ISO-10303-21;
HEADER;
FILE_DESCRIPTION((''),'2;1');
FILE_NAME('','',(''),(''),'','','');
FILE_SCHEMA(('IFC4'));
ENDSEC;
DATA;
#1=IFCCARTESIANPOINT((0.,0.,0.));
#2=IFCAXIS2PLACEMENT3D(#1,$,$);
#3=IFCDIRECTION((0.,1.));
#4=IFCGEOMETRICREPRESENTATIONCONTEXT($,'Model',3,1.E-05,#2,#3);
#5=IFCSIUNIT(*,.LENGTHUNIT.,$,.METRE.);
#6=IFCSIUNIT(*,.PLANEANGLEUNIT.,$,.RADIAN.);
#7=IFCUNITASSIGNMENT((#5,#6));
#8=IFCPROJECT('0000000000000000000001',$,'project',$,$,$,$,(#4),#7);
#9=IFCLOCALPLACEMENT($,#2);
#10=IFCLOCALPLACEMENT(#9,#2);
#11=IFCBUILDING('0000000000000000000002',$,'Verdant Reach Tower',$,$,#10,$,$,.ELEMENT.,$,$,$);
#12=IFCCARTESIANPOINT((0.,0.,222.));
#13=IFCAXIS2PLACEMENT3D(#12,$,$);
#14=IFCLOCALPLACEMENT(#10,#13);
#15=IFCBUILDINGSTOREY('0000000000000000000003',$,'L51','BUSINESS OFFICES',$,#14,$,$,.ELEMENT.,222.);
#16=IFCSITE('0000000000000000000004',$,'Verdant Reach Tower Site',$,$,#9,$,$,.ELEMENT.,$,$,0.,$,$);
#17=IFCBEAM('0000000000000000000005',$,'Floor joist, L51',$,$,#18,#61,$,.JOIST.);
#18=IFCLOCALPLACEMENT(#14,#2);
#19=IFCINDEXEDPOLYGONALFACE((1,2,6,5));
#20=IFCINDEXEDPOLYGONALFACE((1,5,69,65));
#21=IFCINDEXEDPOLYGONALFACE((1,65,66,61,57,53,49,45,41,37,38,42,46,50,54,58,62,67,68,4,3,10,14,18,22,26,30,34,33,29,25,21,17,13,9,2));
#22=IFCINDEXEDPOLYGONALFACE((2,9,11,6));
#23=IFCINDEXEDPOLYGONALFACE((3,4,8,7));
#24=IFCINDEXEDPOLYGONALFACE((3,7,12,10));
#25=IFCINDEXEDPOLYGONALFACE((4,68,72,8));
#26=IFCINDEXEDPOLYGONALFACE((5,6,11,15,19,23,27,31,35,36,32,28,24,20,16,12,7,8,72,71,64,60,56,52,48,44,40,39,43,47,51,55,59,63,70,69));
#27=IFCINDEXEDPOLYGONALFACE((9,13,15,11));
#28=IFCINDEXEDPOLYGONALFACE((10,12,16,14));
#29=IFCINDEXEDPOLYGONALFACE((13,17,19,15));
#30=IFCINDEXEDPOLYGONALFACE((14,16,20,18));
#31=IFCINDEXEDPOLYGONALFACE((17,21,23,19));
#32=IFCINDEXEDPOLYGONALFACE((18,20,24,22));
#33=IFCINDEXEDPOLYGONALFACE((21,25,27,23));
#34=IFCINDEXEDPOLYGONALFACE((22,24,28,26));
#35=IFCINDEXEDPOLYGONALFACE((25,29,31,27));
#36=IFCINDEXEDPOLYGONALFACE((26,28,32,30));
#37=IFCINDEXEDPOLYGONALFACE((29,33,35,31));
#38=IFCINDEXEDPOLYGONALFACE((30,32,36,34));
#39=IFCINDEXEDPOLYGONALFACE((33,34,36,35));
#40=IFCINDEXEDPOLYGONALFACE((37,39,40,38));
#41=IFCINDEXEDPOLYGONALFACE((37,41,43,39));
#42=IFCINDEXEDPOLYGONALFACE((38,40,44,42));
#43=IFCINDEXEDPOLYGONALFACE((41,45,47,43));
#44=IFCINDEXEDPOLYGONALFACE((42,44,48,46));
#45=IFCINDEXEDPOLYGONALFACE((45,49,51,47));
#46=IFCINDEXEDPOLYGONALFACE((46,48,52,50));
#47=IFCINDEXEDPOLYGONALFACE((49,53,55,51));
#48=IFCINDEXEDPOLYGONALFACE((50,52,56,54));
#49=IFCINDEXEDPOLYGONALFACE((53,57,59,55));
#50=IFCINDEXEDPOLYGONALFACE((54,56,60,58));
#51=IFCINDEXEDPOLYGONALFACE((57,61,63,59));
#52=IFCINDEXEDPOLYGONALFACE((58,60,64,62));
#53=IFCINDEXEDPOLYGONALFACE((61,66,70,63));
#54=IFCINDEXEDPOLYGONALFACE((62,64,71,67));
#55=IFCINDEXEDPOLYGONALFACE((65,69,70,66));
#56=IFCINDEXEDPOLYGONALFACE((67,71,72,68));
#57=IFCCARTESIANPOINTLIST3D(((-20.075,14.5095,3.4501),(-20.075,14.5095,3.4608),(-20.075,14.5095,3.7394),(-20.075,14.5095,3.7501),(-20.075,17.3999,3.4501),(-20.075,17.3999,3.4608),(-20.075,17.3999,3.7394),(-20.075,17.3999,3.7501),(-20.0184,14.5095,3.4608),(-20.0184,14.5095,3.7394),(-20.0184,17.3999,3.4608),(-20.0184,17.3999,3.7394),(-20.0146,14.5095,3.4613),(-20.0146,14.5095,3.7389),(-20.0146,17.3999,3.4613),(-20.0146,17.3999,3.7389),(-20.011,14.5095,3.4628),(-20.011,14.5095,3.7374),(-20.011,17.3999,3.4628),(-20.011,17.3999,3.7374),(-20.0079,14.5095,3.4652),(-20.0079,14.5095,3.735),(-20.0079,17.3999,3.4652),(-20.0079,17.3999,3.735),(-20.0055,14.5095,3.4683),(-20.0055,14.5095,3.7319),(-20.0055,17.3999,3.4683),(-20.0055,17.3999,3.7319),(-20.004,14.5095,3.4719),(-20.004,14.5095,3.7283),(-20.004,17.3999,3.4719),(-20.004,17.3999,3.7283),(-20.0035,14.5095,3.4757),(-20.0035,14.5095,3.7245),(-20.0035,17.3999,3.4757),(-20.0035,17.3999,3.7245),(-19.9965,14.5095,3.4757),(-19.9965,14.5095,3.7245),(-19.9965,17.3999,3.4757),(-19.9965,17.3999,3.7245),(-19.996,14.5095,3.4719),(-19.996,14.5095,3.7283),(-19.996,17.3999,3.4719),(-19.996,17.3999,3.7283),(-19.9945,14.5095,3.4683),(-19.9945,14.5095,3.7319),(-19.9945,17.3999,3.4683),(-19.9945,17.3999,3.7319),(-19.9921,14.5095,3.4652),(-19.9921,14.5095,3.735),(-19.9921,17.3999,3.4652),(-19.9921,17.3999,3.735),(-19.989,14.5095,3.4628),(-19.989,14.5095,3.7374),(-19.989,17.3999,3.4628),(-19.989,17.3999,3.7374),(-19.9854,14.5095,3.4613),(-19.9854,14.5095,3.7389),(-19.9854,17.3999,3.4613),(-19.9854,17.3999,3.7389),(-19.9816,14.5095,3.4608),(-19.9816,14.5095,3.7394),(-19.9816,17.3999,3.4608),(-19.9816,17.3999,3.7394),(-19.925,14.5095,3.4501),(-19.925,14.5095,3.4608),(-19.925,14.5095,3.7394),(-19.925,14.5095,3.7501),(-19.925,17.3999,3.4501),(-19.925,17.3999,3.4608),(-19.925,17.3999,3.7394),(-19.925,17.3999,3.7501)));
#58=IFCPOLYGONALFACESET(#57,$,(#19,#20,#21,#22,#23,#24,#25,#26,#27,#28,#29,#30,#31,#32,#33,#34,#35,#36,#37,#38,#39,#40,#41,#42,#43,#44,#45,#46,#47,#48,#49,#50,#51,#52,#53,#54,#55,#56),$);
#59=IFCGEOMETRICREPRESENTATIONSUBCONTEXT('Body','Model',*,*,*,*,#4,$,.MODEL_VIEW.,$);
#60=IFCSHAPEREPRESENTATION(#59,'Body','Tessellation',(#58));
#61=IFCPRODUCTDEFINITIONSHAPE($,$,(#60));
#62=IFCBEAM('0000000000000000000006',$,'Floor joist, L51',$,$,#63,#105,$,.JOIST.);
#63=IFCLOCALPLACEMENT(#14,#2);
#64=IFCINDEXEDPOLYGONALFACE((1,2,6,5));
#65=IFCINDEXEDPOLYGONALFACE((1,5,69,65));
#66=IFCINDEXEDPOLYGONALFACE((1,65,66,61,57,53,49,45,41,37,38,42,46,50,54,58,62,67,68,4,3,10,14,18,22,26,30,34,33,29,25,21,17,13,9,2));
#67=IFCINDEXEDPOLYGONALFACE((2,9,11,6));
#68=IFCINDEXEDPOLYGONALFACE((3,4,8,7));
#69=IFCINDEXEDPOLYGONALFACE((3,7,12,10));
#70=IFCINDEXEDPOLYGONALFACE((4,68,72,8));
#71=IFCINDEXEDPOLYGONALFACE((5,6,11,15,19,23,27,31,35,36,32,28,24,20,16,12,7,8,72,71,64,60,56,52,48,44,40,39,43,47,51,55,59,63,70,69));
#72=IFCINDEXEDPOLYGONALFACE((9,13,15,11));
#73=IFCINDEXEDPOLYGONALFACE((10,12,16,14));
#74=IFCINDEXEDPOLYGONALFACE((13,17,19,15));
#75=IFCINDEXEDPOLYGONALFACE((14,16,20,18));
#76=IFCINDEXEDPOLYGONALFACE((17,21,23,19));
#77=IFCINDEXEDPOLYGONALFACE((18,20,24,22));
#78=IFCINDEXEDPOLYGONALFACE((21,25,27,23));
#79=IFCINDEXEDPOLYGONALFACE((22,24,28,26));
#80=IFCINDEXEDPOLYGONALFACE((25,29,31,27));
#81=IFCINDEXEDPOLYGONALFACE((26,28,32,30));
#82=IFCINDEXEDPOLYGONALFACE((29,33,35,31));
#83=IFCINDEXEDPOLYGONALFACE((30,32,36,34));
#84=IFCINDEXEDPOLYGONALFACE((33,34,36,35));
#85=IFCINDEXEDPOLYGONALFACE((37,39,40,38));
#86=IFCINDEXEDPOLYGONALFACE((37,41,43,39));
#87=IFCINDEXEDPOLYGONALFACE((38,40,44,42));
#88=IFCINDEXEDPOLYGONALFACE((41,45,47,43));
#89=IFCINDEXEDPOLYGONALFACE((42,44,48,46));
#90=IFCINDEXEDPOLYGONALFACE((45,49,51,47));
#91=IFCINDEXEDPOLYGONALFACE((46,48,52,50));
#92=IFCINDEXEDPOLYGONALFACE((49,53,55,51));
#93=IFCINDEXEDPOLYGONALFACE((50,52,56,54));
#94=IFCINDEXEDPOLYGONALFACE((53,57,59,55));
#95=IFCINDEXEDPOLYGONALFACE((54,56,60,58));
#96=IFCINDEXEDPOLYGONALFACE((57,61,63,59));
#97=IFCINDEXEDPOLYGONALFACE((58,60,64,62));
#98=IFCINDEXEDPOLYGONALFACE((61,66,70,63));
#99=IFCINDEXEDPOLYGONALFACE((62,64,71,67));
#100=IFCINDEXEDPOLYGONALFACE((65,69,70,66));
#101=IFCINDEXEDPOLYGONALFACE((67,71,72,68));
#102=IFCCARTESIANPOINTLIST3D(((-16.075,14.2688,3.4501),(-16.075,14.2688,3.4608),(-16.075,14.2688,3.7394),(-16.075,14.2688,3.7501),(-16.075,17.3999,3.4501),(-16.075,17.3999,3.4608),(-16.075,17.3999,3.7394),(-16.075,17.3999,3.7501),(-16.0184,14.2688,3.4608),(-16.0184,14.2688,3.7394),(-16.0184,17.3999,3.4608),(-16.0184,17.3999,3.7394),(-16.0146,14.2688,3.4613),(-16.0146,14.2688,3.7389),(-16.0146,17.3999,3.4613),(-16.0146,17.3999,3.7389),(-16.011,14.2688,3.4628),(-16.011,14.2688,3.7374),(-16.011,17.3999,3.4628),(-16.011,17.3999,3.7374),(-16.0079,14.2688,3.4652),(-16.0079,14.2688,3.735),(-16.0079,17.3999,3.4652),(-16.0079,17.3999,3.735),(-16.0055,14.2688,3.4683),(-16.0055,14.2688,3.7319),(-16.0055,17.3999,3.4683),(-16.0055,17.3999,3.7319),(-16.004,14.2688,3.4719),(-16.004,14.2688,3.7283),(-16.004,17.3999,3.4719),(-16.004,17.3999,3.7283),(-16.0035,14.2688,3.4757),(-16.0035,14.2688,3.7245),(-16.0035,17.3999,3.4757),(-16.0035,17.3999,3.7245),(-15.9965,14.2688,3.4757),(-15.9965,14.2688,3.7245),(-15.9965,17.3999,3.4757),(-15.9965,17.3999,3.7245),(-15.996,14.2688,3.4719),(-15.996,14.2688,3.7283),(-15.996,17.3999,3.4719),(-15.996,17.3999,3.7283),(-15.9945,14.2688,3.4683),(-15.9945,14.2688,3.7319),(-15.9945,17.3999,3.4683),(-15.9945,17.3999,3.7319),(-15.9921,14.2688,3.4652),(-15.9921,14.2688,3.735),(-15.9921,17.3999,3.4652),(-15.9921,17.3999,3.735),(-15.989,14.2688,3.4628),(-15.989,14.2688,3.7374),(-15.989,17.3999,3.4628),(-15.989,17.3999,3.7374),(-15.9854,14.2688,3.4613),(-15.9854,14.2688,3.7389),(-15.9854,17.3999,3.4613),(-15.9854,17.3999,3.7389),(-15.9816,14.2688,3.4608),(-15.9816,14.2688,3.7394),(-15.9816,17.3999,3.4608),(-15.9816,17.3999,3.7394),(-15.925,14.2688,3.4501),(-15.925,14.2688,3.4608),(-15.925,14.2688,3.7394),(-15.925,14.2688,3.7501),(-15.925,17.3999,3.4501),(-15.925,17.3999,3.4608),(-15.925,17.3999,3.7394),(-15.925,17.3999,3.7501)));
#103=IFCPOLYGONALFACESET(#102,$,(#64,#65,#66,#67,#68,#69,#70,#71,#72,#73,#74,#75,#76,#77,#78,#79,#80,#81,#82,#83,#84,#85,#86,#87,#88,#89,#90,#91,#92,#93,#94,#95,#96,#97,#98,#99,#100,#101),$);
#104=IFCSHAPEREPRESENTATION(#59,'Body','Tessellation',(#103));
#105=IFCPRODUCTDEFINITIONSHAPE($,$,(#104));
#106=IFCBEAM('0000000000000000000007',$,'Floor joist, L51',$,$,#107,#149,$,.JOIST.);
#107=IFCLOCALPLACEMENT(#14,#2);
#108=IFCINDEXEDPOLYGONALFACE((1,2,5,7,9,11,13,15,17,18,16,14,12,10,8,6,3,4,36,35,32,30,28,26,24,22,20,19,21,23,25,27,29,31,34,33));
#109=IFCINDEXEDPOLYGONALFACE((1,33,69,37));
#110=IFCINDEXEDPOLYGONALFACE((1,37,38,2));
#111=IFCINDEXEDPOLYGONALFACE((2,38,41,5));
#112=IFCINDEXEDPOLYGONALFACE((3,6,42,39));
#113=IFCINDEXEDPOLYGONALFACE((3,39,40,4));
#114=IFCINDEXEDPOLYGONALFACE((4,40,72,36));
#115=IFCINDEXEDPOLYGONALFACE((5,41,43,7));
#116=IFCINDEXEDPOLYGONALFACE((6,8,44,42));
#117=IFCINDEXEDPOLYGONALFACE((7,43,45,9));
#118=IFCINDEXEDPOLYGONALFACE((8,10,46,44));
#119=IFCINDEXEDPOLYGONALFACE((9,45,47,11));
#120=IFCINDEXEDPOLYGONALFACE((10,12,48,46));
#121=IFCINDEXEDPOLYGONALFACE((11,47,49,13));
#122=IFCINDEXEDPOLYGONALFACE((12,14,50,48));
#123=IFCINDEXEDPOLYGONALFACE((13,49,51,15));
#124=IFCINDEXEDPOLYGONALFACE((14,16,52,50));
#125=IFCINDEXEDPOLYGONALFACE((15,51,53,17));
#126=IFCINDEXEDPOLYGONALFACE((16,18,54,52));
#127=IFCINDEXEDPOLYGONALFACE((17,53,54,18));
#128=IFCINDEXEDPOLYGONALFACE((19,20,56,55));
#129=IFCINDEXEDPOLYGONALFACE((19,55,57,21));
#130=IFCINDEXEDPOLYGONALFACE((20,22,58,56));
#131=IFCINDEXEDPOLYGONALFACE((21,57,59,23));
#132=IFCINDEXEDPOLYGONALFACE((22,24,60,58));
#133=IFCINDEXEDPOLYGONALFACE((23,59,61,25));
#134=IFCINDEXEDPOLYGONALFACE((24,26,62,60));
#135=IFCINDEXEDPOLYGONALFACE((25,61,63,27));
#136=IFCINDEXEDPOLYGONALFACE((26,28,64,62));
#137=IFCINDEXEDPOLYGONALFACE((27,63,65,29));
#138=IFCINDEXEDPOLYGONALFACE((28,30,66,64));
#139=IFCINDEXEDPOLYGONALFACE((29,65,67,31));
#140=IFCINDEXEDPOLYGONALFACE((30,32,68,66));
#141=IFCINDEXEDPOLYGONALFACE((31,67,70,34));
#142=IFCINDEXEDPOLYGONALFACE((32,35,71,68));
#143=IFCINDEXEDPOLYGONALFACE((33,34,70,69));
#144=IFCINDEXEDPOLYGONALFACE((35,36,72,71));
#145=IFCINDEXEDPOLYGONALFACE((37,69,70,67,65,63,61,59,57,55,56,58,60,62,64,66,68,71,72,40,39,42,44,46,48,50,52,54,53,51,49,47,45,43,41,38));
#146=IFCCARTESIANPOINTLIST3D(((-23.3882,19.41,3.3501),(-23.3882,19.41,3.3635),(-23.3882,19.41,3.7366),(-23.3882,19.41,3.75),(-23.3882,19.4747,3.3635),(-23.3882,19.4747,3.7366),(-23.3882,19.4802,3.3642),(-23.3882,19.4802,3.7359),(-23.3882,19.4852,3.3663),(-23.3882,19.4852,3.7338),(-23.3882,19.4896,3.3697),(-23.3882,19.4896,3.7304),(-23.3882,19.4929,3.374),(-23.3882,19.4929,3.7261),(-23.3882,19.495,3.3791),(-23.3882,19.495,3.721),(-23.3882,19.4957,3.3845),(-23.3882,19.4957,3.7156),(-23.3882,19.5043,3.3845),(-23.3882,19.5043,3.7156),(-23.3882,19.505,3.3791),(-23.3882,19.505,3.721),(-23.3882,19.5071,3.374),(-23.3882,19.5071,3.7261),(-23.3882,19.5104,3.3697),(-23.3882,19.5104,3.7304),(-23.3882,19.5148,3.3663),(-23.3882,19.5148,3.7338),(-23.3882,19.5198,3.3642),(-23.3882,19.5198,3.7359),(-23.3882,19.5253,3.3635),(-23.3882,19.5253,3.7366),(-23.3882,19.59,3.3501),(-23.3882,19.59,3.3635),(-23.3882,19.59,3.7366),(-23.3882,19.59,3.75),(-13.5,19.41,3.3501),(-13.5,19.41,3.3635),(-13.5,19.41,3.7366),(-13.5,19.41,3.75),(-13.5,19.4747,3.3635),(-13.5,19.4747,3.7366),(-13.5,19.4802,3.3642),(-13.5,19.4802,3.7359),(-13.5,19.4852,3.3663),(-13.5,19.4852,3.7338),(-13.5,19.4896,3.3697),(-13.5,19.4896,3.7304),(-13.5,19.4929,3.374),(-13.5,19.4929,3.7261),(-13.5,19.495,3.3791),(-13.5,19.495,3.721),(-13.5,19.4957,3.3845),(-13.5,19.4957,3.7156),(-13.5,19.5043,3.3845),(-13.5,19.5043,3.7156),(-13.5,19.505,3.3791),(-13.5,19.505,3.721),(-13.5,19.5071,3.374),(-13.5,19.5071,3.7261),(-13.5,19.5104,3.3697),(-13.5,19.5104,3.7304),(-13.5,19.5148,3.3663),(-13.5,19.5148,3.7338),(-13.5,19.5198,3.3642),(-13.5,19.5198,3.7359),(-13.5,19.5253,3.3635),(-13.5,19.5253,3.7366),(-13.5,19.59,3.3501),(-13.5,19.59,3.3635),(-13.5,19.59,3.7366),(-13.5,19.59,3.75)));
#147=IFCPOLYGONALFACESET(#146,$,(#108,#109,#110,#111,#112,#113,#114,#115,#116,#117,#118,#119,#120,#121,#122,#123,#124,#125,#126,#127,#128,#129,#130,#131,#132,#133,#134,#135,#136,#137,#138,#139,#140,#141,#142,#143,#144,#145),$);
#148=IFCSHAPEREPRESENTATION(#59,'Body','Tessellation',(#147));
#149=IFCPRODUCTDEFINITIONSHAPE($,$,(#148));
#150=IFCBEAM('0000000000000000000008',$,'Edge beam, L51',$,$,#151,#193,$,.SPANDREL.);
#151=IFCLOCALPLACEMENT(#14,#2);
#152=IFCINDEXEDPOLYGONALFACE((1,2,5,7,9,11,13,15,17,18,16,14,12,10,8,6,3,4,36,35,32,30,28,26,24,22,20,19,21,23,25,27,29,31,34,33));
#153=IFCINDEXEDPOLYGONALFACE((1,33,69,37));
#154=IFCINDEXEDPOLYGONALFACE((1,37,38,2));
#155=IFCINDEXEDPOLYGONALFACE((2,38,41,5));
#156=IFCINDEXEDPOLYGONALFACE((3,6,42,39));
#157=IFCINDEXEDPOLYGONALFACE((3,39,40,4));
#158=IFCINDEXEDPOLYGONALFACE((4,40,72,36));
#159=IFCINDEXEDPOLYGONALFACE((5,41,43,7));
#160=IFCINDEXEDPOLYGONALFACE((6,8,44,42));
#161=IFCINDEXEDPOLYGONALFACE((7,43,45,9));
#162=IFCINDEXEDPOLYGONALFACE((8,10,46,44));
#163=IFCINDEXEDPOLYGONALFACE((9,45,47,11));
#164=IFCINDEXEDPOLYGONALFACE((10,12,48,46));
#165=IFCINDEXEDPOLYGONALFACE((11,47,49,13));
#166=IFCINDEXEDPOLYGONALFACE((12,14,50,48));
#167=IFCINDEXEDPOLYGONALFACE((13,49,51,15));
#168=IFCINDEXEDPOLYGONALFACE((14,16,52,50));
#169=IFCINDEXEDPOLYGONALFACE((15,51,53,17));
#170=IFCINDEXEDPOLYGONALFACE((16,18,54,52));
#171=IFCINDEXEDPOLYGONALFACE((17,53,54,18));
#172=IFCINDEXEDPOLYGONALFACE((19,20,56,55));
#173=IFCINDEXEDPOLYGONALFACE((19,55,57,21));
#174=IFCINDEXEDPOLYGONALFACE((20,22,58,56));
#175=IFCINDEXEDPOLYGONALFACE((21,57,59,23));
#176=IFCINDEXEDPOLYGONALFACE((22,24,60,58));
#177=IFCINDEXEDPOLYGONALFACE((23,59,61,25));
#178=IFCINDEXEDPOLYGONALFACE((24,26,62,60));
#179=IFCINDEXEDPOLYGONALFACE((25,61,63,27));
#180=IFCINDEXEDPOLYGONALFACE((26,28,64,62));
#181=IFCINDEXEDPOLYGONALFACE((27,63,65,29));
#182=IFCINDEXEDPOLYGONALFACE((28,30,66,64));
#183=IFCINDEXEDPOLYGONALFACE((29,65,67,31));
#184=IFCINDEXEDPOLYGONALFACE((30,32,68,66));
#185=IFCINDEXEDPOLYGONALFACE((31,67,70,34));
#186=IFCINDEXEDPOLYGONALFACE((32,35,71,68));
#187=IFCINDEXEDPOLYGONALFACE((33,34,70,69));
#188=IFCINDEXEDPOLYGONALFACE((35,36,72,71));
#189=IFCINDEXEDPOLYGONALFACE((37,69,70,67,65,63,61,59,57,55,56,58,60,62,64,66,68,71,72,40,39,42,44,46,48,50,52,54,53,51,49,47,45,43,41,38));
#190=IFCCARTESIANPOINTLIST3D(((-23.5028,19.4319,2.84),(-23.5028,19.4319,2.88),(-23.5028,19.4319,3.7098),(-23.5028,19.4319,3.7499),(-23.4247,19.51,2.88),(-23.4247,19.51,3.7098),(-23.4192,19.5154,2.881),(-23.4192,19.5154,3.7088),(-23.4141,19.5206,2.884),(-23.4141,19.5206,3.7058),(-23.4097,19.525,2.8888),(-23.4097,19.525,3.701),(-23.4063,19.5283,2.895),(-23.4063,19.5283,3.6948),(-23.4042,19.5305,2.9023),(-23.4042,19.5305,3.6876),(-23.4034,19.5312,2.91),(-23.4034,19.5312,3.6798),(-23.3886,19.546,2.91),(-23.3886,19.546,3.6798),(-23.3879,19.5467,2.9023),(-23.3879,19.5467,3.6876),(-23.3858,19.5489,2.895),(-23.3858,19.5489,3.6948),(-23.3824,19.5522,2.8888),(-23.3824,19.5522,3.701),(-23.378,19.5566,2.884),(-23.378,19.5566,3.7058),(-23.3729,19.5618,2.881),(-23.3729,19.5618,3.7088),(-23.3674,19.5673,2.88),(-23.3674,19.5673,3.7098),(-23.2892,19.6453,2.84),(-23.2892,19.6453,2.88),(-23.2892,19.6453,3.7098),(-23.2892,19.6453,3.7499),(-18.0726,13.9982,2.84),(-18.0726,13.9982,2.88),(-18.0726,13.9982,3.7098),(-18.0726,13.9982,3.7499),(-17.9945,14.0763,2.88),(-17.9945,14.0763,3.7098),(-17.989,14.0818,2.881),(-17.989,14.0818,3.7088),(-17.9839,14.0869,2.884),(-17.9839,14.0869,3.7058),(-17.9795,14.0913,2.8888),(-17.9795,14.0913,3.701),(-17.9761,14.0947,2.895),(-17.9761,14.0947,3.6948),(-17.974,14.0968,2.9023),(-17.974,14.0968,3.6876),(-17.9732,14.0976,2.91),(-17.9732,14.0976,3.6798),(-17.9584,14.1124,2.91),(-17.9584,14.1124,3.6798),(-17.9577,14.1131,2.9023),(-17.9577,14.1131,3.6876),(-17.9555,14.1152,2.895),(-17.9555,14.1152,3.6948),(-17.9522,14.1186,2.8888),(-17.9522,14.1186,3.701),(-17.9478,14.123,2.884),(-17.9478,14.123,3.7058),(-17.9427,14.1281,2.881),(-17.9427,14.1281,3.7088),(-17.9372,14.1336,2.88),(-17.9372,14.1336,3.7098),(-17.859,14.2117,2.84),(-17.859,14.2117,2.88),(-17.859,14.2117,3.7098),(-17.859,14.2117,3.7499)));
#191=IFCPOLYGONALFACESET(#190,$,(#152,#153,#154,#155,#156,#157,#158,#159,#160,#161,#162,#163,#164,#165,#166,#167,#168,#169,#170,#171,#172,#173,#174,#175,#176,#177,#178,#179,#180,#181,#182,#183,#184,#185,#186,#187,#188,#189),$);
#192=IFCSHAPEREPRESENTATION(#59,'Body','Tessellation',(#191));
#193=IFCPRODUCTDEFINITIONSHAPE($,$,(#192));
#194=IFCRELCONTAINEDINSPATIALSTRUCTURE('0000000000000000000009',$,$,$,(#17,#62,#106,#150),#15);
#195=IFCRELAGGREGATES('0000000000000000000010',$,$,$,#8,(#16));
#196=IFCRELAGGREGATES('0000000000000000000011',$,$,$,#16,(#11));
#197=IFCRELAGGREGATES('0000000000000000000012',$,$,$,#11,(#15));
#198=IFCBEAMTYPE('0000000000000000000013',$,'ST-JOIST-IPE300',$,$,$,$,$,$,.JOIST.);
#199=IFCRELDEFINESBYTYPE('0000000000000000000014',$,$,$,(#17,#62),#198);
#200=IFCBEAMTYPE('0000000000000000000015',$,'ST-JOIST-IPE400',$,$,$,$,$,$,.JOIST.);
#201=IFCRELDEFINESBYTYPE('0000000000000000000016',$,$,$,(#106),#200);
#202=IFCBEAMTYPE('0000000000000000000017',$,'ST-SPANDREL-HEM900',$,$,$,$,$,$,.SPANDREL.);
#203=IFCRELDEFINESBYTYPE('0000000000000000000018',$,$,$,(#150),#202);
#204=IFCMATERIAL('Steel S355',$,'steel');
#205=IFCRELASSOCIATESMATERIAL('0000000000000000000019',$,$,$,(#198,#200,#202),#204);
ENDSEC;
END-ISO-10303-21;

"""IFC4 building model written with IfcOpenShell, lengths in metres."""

from ifc_helpers import new_model, si_unit, direction, frame, origin, origin_2d, place, context, subcontext, project, spatial, i_section, extrude, material, material_profile, profile_set, type_object, element, save


model = new_model("IFC4")

# Units and contexts
model_context = context("Model", 3, precision=1e-05, world=origin(), true_north=direction((0.0, 1.0)))
body_context = subcontext(model_context, "Body", "Model", "MODEL_VIEW")
ifc_project = project(units=[si_unit("LENGTHUNIT", "METRE"), si_unit("PLANEANGLEUNIT", "RADIAN")], contexts=[model_context])

# Site, building, storey
site_placement = place(None, origin())
site = spatial("IfcSite", under=ifc_project, at=site_placement, Name="Verdant Reach Tower Site", CompositionType="ELEMENT", RefElevation=0.0)
building_placement = place(site_placement, origin())
building = spatial("IfcBuilding", under=site, at=building_placement, Name="Verdant Reach Tower", CompositionType="ELEMENT")
storey_placement = place(building_placement, frame((0.0, 0.0, 222.0)))
storey = spatial("IfcBuildingStorey", under=building, at=storey_placement, Name="L51", Description="BUSINESS OFFICES", CompositionType="ELEMENT", Elevation=222.0)

# Beams
ifc_material_1 = material(Name="Steel S355", Category="steel")
ifc_material_profile_1 = material_profile(ifc_material_1, i_section(OverallWidth=0.1499, OverallDepth=0.3, WebThickness=0.0071, FlangeThickness=0.0107, FilletRadius=0.0149, at=origin_2d()), Name="IPE 300")
ifc_profile_set_1 = profile_set([ifc_material_profile_1], Name="Steel S355")
beam_type_1 = type_object("IfcBeamType", Name="ST-JOIST-IPE300", PredefinedType="JOIST", material=ifc_profile_set_1)
beam_1_placement = place(storey_placement, frame((-20.0, 17.3999, 3.6001), z_axis=(0.0, -1.0, 0.0), x_axis=(1.0, 0.0, 0.0)))
element("IfcBeam", 1, at=beam_1_placement, inside=storey, type_object=beam_type_1, Name="Floor joist, L51", PredefinedType="JOIST", context=body_context, shape_type="SweptSolid", body=[
    extrude(i_section(OverallWidth=0.1499, OverallDepth=0.3, WebThickness=0.0071, FlangeThickness=0.0107, FilletRadius=0.0149, at=origin_2d()), origin(), (0.0, 0.0, 1.0), 2.8904),
])
beam_2_placement = place(storey_placement, frame((-16.0, 17.3999, 3.6001), z_axis=(0.0, -1.0, 0.0), x_axis=(1.0, 0.0, 0.0)))
element("IfcBeam", 2, at=beam_2_placement, inside=storey, type_object=beam_type_1, Name="Floor joist, L51", PredefinedType="JOIST", context=body_context, shape_type="SweptSolid", body=[
    extrude(i_section(OverallWidth=0.1499, OverallDepth=0.3, WebThickness=0.0071, FlangeThickness=0.0107, FilletRadius=0.0149, at=origin_2d()), origin(), (0.0, 0.0, 1.0), 3.1311),
])
ifc_material_profile_2 = material_profile(ifc_material_1, i_section(OverallWidth=0.1799, OverallDepth=0.3999, WebThickness=0.0085, FlangeThickness=0.0134, FilletRadius=0.021, at=origin_2d()), Name="IPE 400")
ifc_profile_set_2 = profile_set([ifc_material_profile_2], Name="Steel S355")
beam_type_2 = type_object("IfcBeamType", Name="ST-JOIST-IPE400", PredefinedType="JOIST", material=ifc_profile_set_2)
beam_3_placement = place(storey_placement, frame((-13.5, 19.5, 3.55), z_axis=(-1.0, 0.0, 0.0), x_axis=(0.0, -1.0, 0.0)))
element("IfcBeam", 3, at=beam_3_placement, inside=storey, type_object=beam_type_2, Name="Floor joist, L51", PredefinedType="JOIST", context=body_context, shape_type="SweptSolid", body=[
    extrude(i_section(OverallWidth=0.1799, OverallDepth=0.3999, WebThickness=0.0085, FlangeThickness=0.0134, FilletRadius=0.021, at=origin_2d()), origin(), (0.0, 0.0, 1.0), 9.8882),
])
ifc_material_profile_3 = material_profile(ifc_material_1, i_section(OverallWidth=0.302, OverallDepth=0.9099, WebThickness=0.021, FlangeThickness=0.04, FilletRadius=0.03, at=origin_2d()), Name="HEM 900")
ifc_profile_set_3 = profile_set([ifc_material_profile_3], Name="Steel S355")
beam_type_3 = type_object("IfcBeamType", Name="ST-SPANDREL-HEM900", PredefinedType="SPANDREL", material=ifc_profile_set_3)
beam_4_placement = place(storey_placement, frame((-17.9658, 14.105, 3.2949), z_axis=(-0.706884, 0.707329, 0.0), x_axis=(-0.707329, -0.706884, 0.0)))
element("IfcBeam", 4, at=beam_4_placement, inside=storey, type_object=beam_type_3, Name="Edge beam, L51", PredefinedType="SPANDREL", context=body_context, shape_type="SweptSolid", body=[
    extrude(i_section(OverallWidth=0.302, OverallDepth=0.9099, WebThickness=0.021, FlangeThickness=0.04, FilletRadius=0.03, at=origin_2d()), origin(), (0.0, 0.0, 1.0), 7.6819),
])

save(model, "model.ifc")
